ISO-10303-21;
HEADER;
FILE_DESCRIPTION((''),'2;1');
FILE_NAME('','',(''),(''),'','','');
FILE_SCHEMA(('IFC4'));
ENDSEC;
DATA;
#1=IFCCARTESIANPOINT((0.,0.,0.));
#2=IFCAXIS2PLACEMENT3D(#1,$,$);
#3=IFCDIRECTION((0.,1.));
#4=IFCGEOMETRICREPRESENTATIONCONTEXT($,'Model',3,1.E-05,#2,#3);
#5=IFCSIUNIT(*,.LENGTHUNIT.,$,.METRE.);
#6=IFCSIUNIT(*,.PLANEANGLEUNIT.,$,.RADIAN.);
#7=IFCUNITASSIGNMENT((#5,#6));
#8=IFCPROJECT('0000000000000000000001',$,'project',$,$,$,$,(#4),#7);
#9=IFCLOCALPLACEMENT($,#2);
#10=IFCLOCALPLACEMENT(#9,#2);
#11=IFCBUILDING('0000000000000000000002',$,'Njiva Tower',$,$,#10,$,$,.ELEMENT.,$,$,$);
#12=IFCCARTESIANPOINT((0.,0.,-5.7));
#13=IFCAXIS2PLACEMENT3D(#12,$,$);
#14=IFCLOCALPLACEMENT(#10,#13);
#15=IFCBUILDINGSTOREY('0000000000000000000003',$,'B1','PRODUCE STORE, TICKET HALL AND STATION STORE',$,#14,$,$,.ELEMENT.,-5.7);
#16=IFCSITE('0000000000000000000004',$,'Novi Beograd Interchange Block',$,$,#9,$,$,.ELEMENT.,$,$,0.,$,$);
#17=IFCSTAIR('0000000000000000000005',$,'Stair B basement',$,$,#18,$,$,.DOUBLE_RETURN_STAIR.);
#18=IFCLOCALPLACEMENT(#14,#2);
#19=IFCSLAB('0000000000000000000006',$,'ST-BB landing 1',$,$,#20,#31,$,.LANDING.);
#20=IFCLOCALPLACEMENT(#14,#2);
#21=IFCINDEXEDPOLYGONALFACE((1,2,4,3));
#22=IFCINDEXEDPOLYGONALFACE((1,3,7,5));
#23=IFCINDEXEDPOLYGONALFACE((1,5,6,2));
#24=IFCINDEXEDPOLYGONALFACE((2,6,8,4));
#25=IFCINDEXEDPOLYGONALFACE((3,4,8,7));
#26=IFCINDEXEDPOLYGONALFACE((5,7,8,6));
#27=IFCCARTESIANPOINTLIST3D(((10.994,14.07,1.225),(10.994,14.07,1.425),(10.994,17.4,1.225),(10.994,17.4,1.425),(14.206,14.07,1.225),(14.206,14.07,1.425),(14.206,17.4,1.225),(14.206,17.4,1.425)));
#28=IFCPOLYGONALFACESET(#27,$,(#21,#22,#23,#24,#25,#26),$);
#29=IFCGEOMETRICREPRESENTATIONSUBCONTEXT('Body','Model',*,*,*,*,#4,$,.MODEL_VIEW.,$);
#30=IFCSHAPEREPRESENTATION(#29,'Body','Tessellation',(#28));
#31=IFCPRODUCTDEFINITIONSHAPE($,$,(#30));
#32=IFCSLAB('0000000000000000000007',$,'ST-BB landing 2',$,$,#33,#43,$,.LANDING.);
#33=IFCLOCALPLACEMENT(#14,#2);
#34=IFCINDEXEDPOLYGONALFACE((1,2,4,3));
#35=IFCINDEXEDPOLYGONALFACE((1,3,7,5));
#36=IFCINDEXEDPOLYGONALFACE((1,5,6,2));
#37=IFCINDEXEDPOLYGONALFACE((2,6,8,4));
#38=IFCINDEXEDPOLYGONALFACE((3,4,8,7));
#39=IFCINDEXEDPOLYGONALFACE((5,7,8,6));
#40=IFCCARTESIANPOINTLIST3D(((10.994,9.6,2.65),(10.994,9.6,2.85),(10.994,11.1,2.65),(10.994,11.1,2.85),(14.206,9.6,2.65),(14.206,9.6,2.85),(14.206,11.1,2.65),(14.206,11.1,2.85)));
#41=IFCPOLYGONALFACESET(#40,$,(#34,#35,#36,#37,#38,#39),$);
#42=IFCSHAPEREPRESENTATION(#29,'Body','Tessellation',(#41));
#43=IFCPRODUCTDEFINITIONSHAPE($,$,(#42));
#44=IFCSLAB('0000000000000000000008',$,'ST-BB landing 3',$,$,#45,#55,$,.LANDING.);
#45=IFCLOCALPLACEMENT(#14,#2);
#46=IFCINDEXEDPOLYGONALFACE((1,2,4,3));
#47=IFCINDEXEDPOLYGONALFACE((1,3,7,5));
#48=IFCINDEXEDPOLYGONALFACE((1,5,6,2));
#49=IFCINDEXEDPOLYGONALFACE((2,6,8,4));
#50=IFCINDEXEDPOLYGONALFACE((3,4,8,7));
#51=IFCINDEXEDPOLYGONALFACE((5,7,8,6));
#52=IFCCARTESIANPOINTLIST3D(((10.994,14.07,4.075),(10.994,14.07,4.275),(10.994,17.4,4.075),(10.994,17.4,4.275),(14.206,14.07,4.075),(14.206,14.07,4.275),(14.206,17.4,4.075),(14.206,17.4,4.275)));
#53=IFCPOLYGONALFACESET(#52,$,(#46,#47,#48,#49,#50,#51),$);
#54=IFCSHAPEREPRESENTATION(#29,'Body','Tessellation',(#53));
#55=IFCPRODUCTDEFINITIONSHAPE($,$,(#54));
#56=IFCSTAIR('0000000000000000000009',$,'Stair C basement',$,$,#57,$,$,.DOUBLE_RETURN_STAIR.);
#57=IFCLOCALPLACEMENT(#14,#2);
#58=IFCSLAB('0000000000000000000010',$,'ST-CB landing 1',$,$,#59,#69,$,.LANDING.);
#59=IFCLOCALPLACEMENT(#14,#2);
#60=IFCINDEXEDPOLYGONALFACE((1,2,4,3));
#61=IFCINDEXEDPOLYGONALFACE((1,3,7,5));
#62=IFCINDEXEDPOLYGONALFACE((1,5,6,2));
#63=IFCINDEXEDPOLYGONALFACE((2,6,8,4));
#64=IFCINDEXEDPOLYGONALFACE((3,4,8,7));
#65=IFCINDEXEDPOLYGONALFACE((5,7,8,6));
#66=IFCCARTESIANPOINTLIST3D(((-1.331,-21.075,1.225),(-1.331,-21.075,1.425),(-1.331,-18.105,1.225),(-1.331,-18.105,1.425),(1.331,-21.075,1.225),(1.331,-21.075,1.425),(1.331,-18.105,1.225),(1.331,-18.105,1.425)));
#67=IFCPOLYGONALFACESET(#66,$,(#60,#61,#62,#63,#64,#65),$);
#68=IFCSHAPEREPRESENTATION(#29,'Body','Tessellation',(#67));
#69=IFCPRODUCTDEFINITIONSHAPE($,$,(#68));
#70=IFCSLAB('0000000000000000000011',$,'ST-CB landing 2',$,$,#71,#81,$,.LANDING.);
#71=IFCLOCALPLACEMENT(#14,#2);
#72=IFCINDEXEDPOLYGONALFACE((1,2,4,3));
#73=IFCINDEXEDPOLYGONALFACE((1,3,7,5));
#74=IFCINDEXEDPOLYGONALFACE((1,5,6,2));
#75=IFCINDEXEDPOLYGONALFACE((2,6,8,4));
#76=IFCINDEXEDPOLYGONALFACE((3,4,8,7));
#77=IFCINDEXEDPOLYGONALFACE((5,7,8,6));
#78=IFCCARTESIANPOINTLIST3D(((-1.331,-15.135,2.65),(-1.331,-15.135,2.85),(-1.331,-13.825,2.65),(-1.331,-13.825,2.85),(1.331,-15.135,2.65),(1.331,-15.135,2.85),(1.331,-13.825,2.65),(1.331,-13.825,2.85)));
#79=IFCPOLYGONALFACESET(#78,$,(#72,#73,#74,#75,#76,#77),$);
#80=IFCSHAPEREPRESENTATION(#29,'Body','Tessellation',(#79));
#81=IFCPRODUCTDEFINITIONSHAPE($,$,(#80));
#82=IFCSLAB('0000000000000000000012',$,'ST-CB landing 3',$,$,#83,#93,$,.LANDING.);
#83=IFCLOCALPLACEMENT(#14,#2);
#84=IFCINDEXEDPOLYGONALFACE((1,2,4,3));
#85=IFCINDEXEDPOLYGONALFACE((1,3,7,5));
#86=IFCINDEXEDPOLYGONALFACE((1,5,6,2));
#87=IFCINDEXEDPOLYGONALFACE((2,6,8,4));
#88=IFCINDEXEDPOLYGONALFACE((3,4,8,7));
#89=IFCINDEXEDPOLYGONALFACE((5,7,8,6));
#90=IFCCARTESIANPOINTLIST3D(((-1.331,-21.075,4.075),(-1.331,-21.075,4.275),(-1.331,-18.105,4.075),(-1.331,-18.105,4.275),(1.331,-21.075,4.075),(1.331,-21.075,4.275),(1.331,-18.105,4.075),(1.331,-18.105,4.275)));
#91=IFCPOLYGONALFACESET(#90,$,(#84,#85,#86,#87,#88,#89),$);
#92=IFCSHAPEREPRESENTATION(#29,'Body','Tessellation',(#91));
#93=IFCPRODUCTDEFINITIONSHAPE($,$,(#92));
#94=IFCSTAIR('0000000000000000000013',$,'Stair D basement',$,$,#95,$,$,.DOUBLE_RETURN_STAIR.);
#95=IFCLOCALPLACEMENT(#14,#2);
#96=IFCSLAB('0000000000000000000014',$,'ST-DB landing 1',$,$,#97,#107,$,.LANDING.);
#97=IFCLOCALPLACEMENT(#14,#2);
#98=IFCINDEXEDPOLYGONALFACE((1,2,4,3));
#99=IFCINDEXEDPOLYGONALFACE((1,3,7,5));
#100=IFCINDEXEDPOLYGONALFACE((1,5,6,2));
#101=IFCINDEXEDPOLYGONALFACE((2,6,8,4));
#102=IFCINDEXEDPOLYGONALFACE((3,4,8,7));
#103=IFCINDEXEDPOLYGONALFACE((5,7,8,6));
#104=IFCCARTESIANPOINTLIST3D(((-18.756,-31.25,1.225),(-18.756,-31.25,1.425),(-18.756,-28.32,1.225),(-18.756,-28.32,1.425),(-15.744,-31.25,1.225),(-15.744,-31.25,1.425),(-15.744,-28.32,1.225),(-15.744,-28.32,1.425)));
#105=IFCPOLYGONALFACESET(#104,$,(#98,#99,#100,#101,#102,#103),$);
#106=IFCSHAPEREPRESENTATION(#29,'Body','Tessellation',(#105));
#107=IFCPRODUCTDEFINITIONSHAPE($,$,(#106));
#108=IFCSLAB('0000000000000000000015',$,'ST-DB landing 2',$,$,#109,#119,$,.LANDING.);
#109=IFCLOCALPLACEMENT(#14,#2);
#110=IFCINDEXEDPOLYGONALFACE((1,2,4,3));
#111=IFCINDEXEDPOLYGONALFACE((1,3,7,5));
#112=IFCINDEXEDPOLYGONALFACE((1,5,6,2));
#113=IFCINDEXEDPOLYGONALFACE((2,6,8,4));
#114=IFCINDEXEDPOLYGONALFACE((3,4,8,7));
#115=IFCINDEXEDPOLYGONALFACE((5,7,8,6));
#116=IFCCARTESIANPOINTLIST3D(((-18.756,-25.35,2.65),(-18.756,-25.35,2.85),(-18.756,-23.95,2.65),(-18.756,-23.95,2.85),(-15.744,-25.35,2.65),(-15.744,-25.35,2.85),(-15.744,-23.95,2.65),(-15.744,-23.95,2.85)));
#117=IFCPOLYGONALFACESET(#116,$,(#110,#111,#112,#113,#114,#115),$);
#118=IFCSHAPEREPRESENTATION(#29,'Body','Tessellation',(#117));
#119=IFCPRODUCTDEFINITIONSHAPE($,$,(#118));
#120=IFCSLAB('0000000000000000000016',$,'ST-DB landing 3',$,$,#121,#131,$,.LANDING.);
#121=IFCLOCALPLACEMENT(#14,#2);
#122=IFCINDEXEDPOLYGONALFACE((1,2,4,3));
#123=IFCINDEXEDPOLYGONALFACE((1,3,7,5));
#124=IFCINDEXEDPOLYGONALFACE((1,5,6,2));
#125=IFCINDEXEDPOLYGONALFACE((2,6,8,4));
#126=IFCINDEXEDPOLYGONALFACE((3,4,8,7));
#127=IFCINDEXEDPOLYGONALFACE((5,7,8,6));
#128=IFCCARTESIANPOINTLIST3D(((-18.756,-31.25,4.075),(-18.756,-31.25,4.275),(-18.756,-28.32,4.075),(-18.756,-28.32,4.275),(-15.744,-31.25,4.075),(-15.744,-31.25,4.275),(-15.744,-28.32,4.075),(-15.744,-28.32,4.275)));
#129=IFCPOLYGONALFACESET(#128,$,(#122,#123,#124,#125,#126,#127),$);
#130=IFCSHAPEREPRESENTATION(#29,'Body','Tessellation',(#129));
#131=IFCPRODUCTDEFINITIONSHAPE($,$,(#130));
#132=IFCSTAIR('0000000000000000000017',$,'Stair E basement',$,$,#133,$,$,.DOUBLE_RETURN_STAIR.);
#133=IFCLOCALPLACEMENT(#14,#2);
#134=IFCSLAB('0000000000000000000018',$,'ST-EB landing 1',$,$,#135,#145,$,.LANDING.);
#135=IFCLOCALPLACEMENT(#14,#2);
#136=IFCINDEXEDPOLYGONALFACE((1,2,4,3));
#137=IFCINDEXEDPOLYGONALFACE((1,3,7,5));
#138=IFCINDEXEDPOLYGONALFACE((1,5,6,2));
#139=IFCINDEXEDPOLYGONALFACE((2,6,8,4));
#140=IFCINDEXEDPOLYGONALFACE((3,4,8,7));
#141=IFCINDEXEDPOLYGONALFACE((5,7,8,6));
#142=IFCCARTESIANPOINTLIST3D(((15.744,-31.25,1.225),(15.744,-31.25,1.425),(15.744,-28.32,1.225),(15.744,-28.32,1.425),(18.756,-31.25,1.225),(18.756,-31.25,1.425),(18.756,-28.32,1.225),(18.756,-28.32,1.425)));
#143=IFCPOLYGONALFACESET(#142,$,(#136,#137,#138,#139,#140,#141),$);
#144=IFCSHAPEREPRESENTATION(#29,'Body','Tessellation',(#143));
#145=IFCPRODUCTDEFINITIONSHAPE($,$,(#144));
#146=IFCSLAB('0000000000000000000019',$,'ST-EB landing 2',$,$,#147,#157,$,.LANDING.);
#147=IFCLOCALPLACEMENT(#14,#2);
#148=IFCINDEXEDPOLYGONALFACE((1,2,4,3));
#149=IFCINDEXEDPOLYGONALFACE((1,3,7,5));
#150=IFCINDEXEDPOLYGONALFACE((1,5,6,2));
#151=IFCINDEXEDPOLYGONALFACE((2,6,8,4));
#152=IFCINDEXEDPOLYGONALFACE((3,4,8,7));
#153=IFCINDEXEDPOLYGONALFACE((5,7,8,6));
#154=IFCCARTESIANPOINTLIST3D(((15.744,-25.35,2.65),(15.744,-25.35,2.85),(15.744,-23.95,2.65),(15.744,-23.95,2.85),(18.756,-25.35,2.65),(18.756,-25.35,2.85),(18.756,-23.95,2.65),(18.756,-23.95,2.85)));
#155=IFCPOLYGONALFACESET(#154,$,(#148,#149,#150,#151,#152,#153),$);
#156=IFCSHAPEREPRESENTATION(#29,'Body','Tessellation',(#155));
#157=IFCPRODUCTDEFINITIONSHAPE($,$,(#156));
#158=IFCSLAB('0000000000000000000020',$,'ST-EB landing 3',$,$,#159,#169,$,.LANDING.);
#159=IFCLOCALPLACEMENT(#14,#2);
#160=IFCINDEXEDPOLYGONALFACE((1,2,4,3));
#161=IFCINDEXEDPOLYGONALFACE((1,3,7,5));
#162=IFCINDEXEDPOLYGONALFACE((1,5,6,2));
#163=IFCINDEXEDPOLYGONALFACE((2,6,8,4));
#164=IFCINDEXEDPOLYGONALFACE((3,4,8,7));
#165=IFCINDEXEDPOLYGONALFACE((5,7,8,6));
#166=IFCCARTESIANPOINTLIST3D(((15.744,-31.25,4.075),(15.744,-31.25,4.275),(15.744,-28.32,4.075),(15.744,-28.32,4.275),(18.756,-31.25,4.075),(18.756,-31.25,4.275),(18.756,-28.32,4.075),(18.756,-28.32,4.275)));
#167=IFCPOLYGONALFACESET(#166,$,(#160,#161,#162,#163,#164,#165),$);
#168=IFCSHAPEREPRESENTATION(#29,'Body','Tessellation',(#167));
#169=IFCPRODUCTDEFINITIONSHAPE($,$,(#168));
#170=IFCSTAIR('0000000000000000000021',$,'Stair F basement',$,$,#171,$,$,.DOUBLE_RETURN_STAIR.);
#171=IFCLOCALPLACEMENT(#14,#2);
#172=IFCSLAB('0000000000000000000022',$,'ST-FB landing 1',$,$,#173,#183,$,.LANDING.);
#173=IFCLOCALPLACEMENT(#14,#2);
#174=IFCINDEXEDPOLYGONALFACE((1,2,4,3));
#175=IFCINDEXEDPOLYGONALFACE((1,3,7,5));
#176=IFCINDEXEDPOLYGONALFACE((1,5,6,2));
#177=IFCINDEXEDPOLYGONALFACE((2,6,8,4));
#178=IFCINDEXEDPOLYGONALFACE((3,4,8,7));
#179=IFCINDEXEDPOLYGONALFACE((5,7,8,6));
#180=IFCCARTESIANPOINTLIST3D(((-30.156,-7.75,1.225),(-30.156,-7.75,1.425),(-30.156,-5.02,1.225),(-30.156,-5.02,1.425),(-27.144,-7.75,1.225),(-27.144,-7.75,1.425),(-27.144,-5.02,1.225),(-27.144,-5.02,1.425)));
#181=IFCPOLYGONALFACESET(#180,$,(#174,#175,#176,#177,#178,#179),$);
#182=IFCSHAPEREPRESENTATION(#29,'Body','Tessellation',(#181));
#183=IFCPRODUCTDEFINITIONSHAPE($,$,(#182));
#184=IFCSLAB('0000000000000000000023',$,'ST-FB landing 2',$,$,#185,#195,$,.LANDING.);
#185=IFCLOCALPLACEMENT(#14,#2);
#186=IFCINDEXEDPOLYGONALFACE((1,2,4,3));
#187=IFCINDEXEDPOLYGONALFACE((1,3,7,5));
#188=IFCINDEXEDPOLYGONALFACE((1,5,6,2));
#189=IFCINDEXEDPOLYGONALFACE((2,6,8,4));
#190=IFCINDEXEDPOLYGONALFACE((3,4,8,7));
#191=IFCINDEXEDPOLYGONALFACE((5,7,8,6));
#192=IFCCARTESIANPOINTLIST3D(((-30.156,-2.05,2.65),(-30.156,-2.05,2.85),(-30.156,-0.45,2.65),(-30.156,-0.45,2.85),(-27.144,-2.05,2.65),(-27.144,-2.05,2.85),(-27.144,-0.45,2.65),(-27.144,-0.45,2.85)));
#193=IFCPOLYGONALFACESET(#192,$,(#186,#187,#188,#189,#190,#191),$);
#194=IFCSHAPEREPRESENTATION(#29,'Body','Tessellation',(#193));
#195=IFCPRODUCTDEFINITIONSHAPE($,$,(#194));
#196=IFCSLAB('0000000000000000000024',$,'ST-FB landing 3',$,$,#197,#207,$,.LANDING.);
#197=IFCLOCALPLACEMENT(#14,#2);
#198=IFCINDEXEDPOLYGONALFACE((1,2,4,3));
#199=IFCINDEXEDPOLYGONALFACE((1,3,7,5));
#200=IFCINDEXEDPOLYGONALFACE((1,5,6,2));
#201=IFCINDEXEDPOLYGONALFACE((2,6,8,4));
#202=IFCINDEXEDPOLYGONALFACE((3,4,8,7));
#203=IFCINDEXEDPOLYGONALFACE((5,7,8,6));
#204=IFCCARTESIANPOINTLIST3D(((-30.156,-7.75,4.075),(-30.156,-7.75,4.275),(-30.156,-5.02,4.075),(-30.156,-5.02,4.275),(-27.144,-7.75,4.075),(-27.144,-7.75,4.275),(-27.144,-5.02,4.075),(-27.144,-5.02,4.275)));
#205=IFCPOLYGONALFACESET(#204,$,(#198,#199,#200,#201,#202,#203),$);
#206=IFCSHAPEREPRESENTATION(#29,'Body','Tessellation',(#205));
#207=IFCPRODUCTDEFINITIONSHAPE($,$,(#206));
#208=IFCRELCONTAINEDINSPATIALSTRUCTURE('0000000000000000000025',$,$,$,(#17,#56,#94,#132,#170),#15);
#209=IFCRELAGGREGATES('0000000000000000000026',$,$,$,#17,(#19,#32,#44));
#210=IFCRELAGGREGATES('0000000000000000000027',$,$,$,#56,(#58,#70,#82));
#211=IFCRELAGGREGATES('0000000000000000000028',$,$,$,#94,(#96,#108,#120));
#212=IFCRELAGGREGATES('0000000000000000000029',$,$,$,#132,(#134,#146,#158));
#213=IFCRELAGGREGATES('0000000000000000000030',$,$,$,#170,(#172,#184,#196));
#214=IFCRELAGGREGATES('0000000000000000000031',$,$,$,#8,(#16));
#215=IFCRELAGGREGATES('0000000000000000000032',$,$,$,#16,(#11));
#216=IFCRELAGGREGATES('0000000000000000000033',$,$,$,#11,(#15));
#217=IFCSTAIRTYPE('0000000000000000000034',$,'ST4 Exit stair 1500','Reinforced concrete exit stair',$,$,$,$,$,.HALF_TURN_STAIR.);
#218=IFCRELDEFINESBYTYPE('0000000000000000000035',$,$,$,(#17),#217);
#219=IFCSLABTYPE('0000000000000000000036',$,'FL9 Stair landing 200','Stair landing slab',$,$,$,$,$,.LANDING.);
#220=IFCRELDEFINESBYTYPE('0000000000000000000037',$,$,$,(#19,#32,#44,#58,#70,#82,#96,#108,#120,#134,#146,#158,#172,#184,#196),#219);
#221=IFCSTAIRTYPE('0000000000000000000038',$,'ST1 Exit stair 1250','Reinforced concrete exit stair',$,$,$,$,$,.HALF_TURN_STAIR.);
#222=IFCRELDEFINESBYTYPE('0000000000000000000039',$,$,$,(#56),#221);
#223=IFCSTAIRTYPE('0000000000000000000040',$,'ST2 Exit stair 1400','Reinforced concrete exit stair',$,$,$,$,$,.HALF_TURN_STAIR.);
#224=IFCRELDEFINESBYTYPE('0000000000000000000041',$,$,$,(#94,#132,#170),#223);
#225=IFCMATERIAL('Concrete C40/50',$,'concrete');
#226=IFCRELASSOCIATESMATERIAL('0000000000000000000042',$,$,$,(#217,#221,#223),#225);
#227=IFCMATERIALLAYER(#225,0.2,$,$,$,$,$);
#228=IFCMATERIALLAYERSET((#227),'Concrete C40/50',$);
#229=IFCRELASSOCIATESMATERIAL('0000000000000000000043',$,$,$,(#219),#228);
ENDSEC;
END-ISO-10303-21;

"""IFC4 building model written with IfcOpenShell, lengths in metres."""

from ifc_helpers import new_model, si_unit, direction, frame, origin, place, context, subcontext, project, spatial, polyline, outline, extrude, material, layer, layer_set, type_object, element, aggregate, save


model = new_model("IFC4")

# Units and contexts
model_context = context("Model", 3, precision=1e-05, world=origin(), true_north=direction((0.0, 1.0)))
body_context = subcontext(model_context, "Body", "Model", "MODEL_VIEW")
ifc_project = project(units=[si_unit("LENGTHUNIT", "METRE"), si_unit("PLANEANGLEUNIT", "RADIAN")], contexts=[model_context])

# Site, building, storey
site_placement = place(None, origin())
site = spatial("IfcSite", under=ifc_project, at=site_placement, Name="Novi Beograd Interchange Block", CompositionType="ELEMENT", RefElevation=0.0)
building_placement = place(site_placement, origin())
building = spatial("IfcBuilding", under=site, at=building_placement, Name="Njiva Tower", CompositionType="ELEMENT")
storey_placement = place(building_placement, frame((0.0, 0.0, -5.7)))
storey = spatial("IfcBuildingStorey", under=building, at=storey_placement, Name="B1", Description="PRODUCE STORE, TICKET HALL AND STATION STORE", CompositionType="ELEMENT", Elevation=-5.7)

# Stairs, slabs
ifc_material_1 = material(Name="Concrete C40/50", Category="concrete")
stair_type_1 = type_object("IfcStairType", Name="ST4 Exit stair 1500", Description="Reinforced concrete exit stair", PredefinedType="HALF_TURN_STAIR", material=ifc_material_1)
stair_1_placement = place(storey_placement, origin())
stair_1 = element("IfcStair", 1, at=stair_1_placement, inside=storey, type_object=stair_type_1, Name="Stair B basement", PredefinedType="DOUBLE_RETURN_STAIR")
ifc_layer_1 = layer(ifc_material_1, 0.2)
ifc_layer_set_1 = layer_set([ifc_layer_1], Name="Concrete C40/50")
slab_type = type_object("IfcSlabType", Name="FL9 Stair landing 200", Description="Stair landing slab", PredefinedType="LANDING", material=ifc_layer_set_1)
slab_1_placement = place(storey_placement, frame((0.0, 0.0, 1.225)))
slab_1 = element("IfcSlab", 2, at=slab_1_placement, type_object=slab_type, Name="ST-BB landing 1", PredefinedType="LANDING", context=body_context, shape_type="SweptSolid", body=[
    extrude(outline(polyline([(10.994, 14.07), (14.206, 14.07), (14.206, 17.4), (10.994, 17.4), (10.994, 14.07)])), origin(), (0.0, 0.0, 1.0), 0.2),
])
slab_2_placement = place(storey_placement, frame((0.0, 0.0, 2.65)))
slab_2 = element("IfcSlab", 3, at=slab_2_placement, type_object=slab_type, Name="ST-BB landing 2", PredefinedType="LANDING", context=body_context, shape_type="SweptSolid", body=[
    extrude(outline(polyline([(10.994, 9.6), (14.206, 9.6), (14.206, 11.1), (10.994, 11.1), (10.994, 9.6)])), origin(), (0.0, 0.0, 1.0), 0.2),
])
slab_3_placement = place(storey_placement, frame((0.0, 0.0, 4.075)))
slab_3 = element("IfcSlab", 4, at=slab_3_placement, type_object=slab_type, Name="ST-BB landing 3", PredefinedType="LANDING", context=body_context, shape_type="SweptSolid", body=[
    extrude(outline(polyline([(10.994, 14.07), (14.206, 14.07), (14.206, 17.4), (10.994, 17.4), (10.994, 14.07)])), origin(), (0.0, 0.0, 1.0), 0.2),
])
aggregate(stair_1, [slab_1, slab_2, slab_3])
stair_type_2 = type_object("IfcStairType", Name="ST1 Exit stair 1250", Description="Reinforced concrete exit stair", PredefinedType="HALF_TURN_STAIR", material=ifc_material_1)
stair_2_placement = place(storey_placement, origin())
stair_2 = element("IfcStair", 5, at=stair_2_placement, inside=storey, type_object=stair_type_2, Name="Stair C basement", PredefinedType="DOUBLE_RETURN_STAIR")
slab_4_placement = place(storey_placement, frame((0.0, 0.0, 1.225)))
slab_4 = element("IfcSlab", 6, at=slab_4_placement, type_object=slab_type, Name="ST-CB landing 1", PredefinedType="LANDING", context=body_context, shape_type="SweptSolid", body=[
    extrude(outline(polyline([(-1.331, -21.075), (1.331, -21.075), (1.331, -18.105), (-1.331, -18.105), (-1.331, -21.075)])), origin(), (0.0, 0.0, 1.0), 0.2),
])
slab_5_placement = place(storey_placement, frame((0.0, 0.0, 2.65)))
slab_5 = element("IfcSlab", 7, at=slab_5_placement, type_object=slab_type, Name="ST-CB landing 2", PredefinedType="LANDING", context=body_context, shape_type="SweptSolid", body=[
    extrude(outline(polyline([(-1.331, -15.135), (1.331, -15.135), (1.331, -13.825), (-1.331, -13.825), (-1.331, -15.135)])), origin(), (0.0, 0.0, 1.0), 0.2),
])
slab_6_placement = place(storey_placement, frame((0.0, 0.0, 4.075)))
slab_6 = element("IfcSlab", 8, at=slab_6_placement, type_object=slab_type, Name="ST-CB landing 3", PredefinedType="LANDING", context=body_context, shape_type="SweptSolid", body=[
    extrude(outline(polyline([(-1.331, -21.075), (1.331, -21.075), (1.331, -18.105), (-1.331, -18.105), (-1.331, -21.075)])), origin(), (0.0, 0.0, 1.0), 0.2),
])
aggregate(stair_2, [slab_4, slab_5, slab_6])
stair_type_3 = type_object("IfcStairType", Name="ST2 Exit stair 1400", Description="Reinforced concrete exit stair", PredefinedType="HALF_TURN_STAIR", material=ifc_material_1)
stair_3_placement = place(storey_placement, origin())
stair_3 = element("IfcStair", 9, at=stair_3_placement, inside=storey, type_object=stair_type_3, Name="Stair D basement", PredefinedType="DOUBLE_RETURN_STAIR")
slab_7_placement = place(storey_placement, frame((0.0, 0.0, 1.225)))
slab_7 = element("IfcSlab", 10, at=slab_7_placement, type_object=slab_type, Name="ST-DB landing 1", PredefinedType="LANDING", context=body_context, shape_type="SweptSolid", body=[
    extrude(outline(polyline([(-18.756, -31.25), (-15.744, -31.25), (-15.744, -28.32), (-18.756, -28.32), (-18.756, -31.25)])), origin(), (0.0, 0.0, 1.0), 0.2),
])
slab_8_placement = place(storey_placement, frame((0.0, 0.0, 2.65)))
slab_8 = element("IfcSlab", 11, at=slab_8_placement, type_object=slab_type, Name="ST-DB landing 2", PredefinedType="LANDING", context=body_context, shape_type="SweptSolid", body=[
    extrude(outline(polyline([(-18.756, -25.35), (-15.744, -25.35), (-15.744, -23.95), (-18.756, -23.95), (-18.756, -25.35)])), origin(), (0.0, 0.0, 1.0), 0.2),
])
slab_9_placement = place(storey_placement, frame((0.0, 0.0, 4.075)))
slab_9 = element("IfcSlab", 12, at=slab_9_placement, type_object=slab_type, Name="ST-DB landing 3", PredefinedType="LANDING", context=body_context, shape_type="SweptSolid", body=[
    extrude(outline(polyline([(-18.756, -31.25), (-15.744, -31.25), (-15.744, -28.32), (-18.756, -28.32), (-18.756, -31.25)])), origin(), (0.0, 0.0, 1.0), 0.2),
])
aggregate(stair_3, [slab_7, slab_8, slab_9])
stair_4_placement = place(storey_placement, origin())
stair_4 = element("IfcStair", 13, at=stair_4_placement, inside=storey, type_object=stair_type_3, Name="Stair E basement", PredefinedType="DOUBLE_RETURN_STAIR")
slab_10_placement = place(storey_placement, frame((0.0, 0.0, 1.225)))
slab_10 = element("IfcSlab", 14, at=slab_10_placement, type_object=slab_type, Name="ST-EB landing 1", PredefinedType="LANDING", context=body_context, shape_type="SweptSolid", body=[
    extrude(outline(polyline([(15.744, -31.25), (18.756, -31.25), (18.756, -28.32), (15.744, -28.32), (15.744, -31.25)])), origin(), (0.0, 0.0, 1.0), 0.2),
])
slab_11_placement = place(storey_placement, frame((0.0, 0.0, 2.65)))
slab_11 = element("IfcSlab", 15, at=slab_11_placement, type_object=slab_type, Name="ST-EB landing 2", PredefinedType="LANDING", context=body_context, shape_type="SweptSolid", body=[
    extrude(outline(polyline([(15.744, -25.35), (18.756, -25.35), (18.756, -23.95), (15.744, -23.95), (15.744, -25.35)])), origin(), (0.0, 0.0, 1.0), 0.2),
])
slab_12_placement = place(storey_placement, frame((0.0, 0.0, 4.075)))
slab_12 = element("IfcSlab", 16, at=slab_12_placement, type_object=slab_type, Name="ST-EB landing 3", PredefinedType="LANDING", context=body_context, shape_type="SweptSolid", body=[
    extrude(outline(polyline([(15.744, -31.25), (18.756, -31.25), (18.756, -28.32), (15.744, -28.32), (15.744, -31.25)])), origin(), (0.0, 0.0, 1.0), 0.2),
])
aggregate(stair_4, [slab_10, slab_11, slab_12])
stair_5_placement = place(storey_placement, origin())
stair_5 = element("IfcStair", 17, at=stair_5_placement, inside=storey, type_object=stair_type_3, Name="Stair F basement", PredefinedType="DOUBLE_RETURN_STAIR")
slab_13_placement = place(storey_placement, frame((0.0, 0.0, 1.225)))
slab_13 = element("IfcSlab", 18, at=slab_13_placement, type_object=slab_type, Name="ST-FB landing 1", PredefinedType="LANDING", context=body_context, shape_type="SweptSolid", body=[
    extrude(outline(polyline([(-30.156, -7.75), (-27.144, -7.75), (-27.144, -5.02), (-30.156, -5.02), (-30.156, -7.75)])), origin(), (0.0, 0.0, 1.0), 0.2),
])
slab_14_placement = place(storey_placement, frame((0.0, 0.0, 2.65)))
slab_14 = element("IfcSlab", 19, at=slab_14_placement, type_object=slab_type, Name="ST-FB landing 2", PredefinedType="LANDING", context=body_context, shape_type="SweptSolid", body=[
    extrude(outline(polyline([(-30.156, -2.05), (-27.144, -2.05), (-27.144, -0.45), (-30.156, -0.45), (-30.156, -2.05)])), origin(), (0.0, 0.0, 1.0), 0.2),
])
slab_15_placement = place(storey_placement, frame((0.0, 0.0, 4.075)))
slab_15 = element("IfcSlab", 20, at=slab_15_placement, type_object=slab_type, Name="ST-FB landing 3", PredefinedType="LANDING", context=body_context, shape_type="SweptSolid", body=[
    extrude(outline(polyline([(-30.156, -7.75), (-27.144, -7.75), (-27.144, -5.02), (-30.156, -5.02), (-30.156, -7.75)])), origin(), (0.0, 0.0, 1.0), 0.2),
])
aggregate(stair_5, [slab_13, slab_14, slab_15])

save(model, "model.ifc")
